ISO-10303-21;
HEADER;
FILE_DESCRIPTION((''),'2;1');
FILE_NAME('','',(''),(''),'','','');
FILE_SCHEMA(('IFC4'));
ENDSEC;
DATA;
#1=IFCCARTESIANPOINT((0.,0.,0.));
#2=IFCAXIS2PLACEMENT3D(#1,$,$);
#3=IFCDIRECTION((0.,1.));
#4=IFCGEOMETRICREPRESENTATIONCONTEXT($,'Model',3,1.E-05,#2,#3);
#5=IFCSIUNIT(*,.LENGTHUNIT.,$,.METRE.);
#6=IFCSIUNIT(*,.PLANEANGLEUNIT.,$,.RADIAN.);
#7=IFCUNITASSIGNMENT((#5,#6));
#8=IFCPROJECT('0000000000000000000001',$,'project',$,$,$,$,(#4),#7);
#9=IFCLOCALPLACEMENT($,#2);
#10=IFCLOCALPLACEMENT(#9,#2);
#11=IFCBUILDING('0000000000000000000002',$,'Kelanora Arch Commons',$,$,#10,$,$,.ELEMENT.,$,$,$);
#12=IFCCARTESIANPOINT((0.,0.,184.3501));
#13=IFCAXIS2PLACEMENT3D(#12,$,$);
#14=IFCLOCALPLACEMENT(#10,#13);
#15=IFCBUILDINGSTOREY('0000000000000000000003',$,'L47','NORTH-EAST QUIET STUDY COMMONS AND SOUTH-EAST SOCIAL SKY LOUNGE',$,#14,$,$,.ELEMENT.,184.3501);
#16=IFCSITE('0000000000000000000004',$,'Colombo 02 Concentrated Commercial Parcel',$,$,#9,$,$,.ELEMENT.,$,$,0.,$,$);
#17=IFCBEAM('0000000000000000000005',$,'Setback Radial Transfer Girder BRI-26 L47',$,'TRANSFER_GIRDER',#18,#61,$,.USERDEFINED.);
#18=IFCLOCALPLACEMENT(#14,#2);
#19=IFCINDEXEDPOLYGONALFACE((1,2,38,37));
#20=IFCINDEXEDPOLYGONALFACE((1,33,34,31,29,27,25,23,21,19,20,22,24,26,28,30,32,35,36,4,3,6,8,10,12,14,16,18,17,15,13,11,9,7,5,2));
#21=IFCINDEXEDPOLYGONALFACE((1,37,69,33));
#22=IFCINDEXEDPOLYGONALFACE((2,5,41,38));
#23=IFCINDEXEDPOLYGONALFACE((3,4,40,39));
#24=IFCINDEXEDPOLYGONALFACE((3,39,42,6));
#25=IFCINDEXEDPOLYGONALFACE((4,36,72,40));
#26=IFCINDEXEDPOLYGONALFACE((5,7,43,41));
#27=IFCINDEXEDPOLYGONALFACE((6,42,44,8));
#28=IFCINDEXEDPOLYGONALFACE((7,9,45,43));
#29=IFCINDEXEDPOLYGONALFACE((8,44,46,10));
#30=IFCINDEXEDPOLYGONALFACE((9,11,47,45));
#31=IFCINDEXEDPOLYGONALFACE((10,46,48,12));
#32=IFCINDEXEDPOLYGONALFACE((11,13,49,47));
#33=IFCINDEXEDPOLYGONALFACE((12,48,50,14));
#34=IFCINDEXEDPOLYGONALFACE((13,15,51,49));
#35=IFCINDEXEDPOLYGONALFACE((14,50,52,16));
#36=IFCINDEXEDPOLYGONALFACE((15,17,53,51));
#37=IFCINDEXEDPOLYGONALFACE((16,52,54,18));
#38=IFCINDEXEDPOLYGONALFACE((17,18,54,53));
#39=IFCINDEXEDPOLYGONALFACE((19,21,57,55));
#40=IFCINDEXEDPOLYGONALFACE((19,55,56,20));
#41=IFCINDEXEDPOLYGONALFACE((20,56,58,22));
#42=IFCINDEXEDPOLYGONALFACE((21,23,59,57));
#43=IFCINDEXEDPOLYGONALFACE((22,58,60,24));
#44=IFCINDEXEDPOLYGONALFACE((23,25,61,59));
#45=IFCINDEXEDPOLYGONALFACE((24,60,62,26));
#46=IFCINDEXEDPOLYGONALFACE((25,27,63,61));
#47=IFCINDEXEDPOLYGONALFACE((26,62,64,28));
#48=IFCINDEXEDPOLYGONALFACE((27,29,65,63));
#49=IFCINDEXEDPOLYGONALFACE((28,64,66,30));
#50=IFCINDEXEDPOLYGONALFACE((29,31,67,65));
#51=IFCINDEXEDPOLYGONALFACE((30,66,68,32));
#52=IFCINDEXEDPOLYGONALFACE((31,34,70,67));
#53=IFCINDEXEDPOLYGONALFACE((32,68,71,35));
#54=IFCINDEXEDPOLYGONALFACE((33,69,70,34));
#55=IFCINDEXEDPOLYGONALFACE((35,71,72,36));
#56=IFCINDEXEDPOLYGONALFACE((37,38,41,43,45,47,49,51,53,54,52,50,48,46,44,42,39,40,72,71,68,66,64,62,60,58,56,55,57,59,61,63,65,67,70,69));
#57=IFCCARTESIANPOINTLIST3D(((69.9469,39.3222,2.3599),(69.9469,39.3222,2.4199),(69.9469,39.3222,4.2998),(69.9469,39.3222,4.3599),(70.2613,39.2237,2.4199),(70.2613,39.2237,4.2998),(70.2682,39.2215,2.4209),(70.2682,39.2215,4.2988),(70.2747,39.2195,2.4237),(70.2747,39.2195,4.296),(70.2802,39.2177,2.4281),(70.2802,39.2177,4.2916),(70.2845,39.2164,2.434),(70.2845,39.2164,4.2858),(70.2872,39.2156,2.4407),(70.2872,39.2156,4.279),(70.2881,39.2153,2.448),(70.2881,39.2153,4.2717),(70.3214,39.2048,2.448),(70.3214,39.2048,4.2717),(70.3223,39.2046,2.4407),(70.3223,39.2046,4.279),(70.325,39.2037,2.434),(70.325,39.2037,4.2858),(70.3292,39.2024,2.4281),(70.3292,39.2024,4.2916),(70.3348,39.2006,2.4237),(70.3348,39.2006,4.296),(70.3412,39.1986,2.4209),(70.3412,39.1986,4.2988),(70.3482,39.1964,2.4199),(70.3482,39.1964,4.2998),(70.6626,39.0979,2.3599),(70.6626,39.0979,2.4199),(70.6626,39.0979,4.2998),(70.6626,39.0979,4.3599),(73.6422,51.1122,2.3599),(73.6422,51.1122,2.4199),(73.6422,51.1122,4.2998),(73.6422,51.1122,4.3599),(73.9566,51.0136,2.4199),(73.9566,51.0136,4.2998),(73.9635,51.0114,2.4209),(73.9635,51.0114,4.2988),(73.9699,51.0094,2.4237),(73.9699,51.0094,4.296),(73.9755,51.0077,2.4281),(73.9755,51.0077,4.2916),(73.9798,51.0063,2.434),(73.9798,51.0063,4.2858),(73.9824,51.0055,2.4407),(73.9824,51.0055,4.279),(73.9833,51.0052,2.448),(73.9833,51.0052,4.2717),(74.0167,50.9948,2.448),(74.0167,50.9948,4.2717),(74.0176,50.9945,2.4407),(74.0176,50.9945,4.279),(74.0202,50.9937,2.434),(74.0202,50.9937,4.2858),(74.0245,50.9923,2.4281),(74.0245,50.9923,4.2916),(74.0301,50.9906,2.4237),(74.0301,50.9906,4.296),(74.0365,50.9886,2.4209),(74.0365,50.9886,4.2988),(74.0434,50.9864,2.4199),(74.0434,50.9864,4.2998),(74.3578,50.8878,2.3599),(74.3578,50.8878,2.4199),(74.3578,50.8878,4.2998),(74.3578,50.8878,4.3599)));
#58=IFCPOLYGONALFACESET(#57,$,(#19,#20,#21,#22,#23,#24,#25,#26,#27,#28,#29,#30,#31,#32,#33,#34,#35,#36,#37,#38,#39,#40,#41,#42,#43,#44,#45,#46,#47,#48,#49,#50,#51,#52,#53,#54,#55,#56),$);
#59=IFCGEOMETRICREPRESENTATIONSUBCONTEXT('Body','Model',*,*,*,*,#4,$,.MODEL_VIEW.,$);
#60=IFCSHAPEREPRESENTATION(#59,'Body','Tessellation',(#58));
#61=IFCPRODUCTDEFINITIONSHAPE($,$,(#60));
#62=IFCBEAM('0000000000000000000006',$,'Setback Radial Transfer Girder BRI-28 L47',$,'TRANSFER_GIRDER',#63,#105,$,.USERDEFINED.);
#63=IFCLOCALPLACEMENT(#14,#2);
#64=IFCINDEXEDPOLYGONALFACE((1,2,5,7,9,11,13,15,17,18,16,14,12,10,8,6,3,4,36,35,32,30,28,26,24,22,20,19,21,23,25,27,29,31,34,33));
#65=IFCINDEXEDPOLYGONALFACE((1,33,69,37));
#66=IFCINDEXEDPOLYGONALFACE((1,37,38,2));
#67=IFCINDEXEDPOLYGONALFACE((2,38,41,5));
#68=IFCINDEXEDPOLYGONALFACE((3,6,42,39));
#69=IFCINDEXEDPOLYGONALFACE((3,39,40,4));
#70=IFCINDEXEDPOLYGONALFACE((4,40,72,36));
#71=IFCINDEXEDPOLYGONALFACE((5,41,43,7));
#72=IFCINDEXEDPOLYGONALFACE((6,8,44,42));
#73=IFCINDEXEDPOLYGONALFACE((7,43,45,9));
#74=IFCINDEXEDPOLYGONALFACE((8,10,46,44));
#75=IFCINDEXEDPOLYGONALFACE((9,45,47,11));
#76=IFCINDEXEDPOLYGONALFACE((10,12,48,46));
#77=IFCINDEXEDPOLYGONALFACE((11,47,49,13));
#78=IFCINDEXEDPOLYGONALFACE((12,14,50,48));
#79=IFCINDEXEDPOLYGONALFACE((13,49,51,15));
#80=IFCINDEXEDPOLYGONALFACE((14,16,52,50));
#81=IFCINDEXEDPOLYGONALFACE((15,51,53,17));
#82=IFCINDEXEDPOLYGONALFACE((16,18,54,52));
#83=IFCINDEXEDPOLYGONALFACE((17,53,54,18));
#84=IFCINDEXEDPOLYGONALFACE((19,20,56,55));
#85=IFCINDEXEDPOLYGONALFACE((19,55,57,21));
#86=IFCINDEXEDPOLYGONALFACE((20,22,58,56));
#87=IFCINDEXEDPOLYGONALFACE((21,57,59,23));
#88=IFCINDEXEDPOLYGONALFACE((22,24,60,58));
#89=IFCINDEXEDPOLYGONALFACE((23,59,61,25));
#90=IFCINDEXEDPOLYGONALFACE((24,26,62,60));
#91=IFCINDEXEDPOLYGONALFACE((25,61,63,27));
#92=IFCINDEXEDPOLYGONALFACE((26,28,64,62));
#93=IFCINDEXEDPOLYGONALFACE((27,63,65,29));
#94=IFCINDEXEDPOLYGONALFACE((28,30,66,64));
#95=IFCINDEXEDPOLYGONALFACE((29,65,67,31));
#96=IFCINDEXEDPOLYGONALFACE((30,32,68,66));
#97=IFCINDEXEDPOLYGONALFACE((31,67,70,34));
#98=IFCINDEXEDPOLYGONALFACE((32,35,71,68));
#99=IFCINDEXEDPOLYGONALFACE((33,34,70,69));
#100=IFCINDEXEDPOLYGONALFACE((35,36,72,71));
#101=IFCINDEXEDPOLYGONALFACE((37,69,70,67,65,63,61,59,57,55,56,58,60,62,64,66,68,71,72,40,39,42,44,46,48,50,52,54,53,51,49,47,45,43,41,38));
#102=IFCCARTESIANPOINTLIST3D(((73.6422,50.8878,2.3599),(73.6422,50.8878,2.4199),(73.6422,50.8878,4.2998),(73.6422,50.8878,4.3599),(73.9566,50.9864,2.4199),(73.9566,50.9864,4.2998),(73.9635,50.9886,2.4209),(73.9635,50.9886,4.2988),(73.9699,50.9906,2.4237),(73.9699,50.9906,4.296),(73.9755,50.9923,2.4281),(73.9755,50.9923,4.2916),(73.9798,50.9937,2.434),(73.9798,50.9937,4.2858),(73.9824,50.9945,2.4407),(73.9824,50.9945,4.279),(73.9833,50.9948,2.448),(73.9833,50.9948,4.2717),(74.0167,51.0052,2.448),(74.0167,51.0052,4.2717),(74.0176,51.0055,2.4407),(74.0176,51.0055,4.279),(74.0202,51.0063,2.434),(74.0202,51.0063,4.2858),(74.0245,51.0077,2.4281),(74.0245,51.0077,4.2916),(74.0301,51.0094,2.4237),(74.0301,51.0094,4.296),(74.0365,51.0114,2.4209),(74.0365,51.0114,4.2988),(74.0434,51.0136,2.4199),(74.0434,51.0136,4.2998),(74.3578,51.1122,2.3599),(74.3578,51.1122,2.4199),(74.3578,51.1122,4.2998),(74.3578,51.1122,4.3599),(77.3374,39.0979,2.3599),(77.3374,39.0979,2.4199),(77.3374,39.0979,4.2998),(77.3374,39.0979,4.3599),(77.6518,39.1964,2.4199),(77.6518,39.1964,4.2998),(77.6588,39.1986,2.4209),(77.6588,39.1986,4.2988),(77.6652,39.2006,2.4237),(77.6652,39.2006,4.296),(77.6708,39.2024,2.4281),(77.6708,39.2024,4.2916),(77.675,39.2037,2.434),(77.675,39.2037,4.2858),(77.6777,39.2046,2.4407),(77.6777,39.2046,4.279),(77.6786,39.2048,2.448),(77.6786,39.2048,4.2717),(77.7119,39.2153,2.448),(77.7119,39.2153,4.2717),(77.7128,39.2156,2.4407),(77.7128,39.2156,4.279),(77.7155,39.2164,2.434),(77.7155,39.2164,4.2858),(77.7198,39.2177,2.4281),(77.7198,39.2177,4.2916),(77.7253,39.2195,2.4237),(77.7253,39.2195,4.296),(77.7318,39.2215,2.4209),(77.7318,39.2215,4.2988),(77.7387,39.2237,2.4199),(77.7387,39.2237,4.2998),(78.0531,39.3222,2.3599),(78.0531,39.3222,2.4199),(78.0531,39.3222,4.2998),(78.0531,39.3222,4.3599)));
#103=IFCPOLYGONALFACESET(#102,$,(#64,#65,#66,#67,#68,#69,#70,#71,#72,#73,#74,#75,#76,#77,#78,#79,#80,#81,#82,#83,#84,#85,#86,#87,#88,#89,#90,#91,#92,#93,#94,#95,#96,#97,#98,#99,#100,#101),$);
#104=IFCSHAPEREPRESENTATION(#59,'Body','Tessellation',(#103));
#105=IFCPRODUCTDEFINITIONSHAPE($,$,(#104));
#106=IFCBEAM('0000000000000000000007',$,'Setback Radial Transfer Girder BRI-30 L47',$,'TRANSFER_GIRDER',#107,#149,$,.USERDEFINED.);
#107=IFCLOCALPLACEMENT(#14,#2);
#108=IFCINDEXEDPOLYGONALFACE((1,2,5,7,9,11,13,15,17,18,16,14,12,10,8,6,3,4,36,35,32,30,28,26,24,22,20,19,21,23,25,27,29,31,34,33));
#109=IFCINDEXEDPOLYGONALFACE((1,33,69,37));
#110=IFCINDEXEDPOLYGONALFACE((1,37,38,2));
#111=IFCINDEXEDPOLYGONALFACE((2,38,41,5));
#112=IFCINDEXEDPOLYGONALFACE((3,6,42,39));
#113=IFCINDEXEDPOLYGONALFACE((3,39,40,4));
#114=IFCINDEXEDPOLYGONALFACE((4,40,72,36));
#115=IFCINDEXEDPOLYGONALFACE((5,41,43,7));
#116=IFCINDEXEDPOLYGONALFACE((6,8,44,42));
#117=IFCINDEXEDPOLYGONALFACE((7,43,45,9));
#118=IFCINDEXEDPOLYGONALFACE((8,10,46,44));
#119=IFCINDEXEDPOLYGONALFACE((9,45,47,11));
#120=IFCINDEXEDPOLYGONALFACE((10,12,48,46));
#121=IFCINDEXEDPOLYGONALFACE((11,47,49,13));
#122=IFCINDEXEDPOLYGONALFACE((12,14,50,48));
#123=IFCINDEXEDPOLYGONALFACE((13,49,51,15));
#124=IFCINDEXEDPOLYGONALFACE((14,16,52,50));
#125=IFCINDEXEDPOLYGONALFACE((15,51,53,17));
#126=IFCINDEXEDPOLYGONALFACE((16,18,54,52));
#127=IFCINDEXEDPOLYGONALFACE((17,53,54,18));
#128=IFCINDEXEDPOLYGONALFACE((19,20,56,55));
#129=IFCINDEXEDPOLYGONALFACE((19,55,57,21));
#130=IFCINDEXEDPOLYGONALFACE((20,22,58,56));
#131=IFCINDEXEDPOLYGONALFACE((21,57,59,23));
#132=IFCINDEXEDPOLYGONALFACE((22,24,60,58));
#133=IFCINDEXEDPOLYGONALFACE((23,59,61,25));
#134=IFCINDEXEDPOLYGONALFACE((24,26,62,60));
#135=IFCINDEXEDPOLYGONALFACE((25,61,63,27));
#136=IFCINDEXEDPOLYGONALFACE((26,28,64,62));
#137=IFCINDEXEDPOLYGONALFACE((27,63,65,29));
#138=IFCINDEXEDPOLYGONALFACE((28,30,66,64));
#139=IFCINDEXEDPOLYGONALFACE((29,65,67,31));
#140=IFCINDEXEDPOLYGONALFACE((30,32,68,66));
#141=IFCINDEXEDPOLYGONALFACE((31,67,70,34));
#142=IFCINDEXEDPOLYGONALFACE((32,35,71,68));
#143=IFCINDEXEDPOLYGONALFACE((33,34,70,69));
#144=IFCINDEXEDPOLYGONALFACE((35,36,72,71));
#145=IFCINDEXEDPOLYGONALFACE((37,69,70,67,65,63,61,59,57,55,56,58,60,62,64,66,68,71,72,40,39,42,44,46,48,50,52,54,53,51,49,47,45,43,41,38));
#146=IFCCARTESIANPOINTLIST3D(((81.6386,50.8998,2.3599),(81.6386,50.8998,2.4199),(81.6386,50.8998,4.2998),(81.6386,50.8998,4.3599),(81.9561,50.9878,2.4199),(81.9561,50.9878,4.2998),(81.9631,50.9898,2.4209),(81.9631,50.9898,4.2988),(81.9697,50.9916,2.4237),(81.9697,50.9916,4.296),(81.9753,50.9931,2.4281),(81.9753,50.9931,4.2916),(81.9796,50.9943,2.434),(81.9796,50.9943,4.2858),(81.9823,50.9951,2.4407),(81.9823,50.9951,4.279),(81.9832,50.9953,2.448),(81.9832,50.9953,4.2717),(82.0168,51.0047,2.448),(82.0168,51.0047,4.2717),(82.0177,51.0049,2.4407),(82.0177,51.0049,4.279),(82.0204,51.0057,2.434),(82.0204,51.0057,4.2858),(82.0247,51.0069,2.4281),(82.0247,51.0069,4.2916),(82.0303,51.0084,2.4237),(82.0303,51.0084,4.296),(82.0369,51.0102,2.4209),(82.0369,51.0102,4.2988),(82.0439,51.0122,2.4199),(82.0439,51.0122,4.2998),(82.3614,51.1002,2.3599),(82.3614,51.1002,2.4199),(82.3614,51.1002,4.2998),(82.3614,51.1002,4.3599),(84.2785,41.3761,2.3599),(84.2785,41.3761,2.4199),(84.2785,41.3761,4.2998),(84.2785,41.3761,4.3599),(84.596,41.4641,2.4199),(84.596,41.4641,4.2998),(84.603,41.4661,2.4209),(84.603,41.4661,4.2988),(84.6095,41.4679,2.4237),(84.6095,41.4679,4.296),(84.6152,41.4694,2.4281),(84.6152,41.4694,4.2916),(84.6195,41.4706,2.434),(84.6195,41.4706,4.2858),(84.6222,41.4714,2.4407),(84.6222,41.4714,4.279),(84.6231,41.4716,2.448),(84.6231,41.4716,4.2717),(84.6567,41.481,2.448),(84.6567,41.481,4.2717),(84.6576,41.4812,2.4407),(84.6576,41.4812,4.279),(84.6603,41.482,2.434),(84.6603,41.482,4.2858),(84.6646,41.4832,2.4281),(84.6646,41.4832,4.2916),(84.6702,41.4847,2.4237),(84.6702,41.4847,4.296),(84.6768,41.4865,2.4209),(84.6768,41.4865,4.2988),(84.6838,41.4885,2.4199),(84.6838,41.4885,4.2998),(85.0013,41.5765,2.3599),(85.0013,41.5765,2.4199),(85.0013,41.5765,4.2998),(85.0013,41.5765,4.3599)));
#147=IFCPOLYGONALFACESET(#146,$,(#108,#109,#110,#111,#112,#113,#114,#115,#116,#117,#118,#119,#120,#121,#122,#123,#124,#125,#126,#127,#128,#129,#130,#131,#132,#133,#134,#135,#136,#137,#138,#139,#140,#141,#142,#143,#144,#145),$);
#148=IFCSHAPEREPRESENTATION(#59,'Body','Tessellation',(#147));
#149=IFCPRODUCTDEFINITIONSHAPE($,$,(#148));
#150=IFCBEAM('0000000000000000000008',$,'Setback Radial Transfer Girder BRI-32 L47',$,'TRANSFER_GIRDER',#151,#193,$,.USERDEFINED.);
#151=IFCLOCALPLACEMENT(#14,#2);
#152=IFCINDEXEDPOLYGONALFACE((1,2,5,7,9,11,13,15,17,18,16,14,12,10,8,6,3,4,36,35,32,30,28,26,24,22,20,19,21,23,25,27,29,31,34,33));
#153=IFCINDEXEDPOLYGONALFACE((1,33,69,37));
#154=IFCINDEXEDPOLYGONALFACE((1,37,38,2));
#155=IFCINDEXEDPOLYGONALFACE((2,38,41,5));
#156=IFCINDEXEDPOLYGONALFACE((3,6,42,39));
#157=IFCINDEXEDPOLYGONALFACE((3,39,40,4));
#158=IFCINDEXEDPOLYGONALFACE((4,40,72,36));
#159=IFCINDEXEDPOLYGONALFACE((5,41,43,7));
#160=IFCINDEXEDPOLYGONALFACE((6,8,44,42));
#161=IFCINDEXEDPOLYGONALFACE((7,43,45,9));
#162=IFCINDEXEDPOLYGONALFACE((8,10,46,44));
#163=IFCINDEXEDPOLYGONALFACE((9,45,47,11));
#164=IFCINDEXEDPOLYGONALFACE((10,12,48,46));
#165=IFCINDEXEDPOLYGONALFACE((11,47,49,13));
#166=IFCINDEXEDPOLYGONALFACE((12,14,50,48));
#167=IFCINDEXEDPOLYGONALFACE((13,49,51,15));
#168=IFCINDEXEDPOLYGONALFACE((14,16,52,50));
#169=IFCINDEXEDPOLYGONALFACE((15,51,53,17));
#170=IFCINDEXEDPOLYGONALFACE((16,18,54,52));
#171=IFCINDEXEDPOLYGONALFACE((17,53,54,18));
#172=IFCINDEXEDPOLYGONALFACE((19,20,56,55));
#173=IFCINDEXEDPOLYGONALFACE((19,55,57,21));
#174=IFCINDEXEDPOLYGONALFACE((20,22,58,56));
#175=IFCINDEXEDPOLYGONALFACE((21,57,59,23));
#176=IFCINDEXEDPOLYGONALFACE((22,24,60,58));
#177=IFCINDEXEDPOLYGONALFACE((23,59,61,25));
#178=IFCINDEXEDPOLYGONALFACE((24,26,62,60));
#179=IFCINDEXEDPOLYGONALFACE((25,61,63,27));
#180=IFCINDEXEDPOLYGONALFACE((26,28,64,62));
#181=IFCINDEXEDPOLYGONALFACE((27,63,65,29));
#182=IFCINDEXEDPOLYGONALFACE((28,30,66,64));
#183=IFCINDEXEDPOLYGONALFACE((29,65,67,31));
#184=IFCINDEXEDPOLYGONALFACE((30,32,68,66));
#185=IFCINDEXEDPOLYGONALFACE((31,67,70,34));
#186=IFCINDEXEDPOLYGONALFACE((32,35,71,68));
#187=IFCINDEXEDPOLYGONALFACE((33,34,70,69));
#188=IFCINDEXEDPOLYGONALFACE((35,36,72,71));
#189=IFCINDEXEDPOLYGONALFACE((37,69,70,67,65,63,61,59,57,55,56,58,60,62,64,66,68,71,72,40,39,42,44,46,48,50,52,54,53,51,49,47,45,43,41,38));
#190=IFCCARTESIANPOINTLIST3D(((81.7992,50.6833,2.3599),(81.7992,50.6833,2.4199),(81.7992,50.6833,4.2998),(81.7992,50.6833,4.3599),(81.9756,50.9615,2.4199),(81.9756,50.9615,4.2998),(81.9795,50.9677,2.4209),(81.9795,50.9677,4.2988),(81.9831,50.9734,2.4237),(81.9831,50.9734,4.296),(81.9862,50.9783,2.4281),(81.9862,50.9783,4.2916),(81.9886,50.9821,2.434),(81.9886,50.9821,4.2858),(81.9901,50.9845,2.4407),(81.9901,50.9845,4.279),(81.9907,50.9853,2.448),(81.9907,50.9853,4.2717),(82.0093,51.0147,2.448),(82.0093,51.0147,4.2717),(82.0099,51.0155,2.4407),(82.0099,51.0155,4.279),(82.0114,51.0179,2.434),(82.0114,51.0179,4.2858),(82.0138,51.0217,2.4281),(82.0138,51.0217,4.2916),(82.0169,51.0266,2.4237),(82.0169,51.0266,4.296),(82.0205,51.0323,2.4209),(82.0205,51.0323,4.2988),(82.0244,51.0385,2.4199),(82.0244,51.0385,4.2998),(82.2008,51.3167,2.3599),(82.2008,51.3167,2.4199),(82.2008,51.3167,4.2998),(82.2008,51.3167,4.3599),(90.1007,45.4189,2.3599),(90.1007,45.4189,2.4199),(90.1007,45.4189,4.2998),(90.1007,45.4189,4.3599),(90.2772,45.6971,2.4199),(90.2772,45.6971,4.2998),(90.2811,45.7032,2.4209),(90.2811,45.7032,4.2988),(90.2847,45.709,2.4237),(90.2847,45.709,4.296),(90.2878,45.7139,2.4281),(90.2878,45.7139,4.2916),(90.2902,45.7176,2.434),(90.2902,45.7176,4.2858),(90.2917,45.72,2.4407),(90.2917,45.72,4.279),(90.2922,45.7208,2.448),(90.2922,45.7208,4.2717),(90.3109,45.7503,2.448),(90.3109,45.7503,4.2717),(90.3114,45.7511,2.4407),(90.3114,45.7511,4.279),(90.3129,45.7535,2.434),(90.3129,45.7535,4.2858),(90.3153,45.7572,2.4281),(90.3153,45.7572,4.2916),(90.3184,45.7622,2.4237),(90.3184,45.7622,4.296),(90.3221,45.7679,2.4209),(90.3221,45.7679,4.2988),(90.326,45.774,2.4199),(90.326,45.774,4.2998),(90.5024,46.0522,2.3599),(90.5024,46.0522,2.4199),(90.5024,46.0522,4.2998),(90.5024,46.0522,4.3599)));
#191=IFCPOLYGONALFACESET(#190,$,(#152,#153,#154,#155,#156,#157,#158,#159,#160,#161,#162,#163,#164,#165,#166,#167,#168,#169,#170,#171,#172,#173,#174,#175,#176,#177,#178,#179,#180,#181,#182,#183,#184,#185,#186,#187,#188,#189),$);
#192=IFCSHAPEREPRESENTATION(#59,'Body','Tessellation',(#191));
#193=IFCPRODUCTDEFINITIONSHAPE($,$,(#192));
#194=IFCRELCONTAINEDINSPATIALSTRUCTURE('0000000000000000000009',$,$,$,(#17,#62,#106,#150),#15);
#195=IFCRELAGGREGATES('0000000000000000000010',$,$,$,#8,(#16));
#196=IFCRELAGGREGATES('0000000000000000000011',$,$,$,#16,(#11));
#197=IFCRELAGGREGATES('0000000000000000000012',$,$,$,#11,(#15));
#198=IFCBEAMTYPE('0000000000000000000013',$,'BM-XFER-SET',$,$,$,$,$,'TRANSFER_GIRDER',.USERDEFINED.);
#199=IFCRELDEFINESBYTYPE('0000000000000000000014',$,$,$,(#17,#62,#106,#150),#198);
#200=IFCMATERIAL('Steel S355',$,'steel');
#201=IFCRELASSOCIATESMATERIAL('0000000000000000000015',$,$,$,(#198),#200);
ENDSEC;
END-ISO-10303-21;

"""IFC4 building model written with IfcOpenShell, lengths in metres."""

from ifc_helpers import new_model, si_unit, direction, frame, origin, origin_2d, place, context, subcontext, project, spatial, i_section, extrude, material, material_profile, profile_set, type_object, element, save


model = new_model("IFC4")

# Units and contexts
model_context = context("Model", 3, precision=1e-05, world=origin(), true_north=direction((0.0, 1.0)))
body_context = subcontext(model_context, "Body", "Model", "MODEL_VIEW")
ifc_project = project(units=[si_unit("LENGTHUNIT", "METRE"), si_unit("PLANEANGLEUNIT", "RADIAN")], contexts=[model_context])

# Site, building, storey
site_placement = place(None, origin())
site = spatial("IfcSite", under=ifc_project, at=site_placement, Name="Colombo 02 Concentrated Commercial Parcel", CompositionType="ELEMENT", RefElevation=0.0)
building_placement = place(site_placement, origin())
building = spatial("IfcBuilding", under=site, at=building_placement, Name="Kelanora Arch Commons", CompositionType="ELEMENT")
storey_placement = place(building_placement, frame((0.0, 0.0, 184.3501)))
storey = spatial("IfcBuildingStorey", under=building, at=storey_placement, Name="L47", Description="NORTH-EAST QUIET STUDY COMMONS AND SOUTH-EAST SOCIAL SKY LOUNGE", CompositionType="ELEMENT", Elevation=184.3501)

# Beams
ifc_material_1 = material(Name="Steel S355", Category="steel")
ifc_material_profile_1 = material_profile(ifc_material_1, i_section(OverallWidth=0.75, OverallDepth=2.0, WebThickness=0.0349, FlangeThickness=0.0601, FilletRadius=0.0281, at=origin_2d()), Name="PG2000x750")
ifc_profile_set_1 = profile_set([ifc_material_profile_1], Name="Steel S355")
beam_type_1 = type_object("IfcBeamType", Name="BM-XFER-SET", ElementType="TRANSFER_GIRDER", PredefinedType="USERDEFINED", material=ifc_profile_set_1)
for number, where, z_axis, x_axis, name in (
    (1, (74.0, 51.0, 3.3599), (-0.29908, -0.954228, 0.0), (0.954228, -0.29908, 0.0), "Setback Radial Transfer Girder BRI-26 L47"),
    (2, (74.0, 51.0, 3.3599), (0.29908, -0.954228, 0.0), (0.954228, 0.29908, 0.0), "Setback Radial Transfer Girder BRI-28 L47"),
):
    element("IfcBeam", number, at=place(storey_placement, frame(where, z_axis=z_axis, x_axis=x_axis)), inside=storey, type_object=beam_type_1, Name=name, ObjectType="TRANSFER_GIRDER", PredefinedType="USERDEFINED", context=body_context, shape_type="SweptSolid", body=[
        extrude(i_section(OverallWidth=0.75, OverallDepth=2.0, WebThickness=0.0349, FlangeThickness=0.0601, FilletRadius=0.0281, at=origin_2d()), origin(), (0.0, 0.0, 1.0), 12.3555),
    ])
beam_1_placement = place(storey_placement, frame((82.0, 51.0, 3.3599), z_axis=(0.26712, -0.963663, 0.0), x_axis=(0.963663, 0.26712, 0.0)))
element("IfcBeam", 3, at=beam_1_placement, inside=storey, type_object=beam_type_1, Name="Setback Radial Transfer Girder BRI-30 L47", ObjectType="TRANSFER_GIRDER", PredefinedType="USERDEFINED", context=body_context, shape_type="SweptSolid", body=[
    extrude(i_section(OverallWidth=0.75, OverallDepth=2.0, WebThickness=0.0349, FlangeThickness=0.0601, FilletRadius=0.0281, at=origin_2d()), origin(), (0.0, 0.0, 1.0), 9.8828),
])
beam_2_placement = place(storey_placement, frame((82.0, 51.0, 3.3599), z_axis=(0.844507, -0.535544, 0.0), x_axis=(0.535544, 0.844507, 0.0)))
element("IfcBeam", 4, at=beam_2_placement, inside=storey, type_object=beam_type_1, Name="Setback Radial Transfer Girder BRI-32 L47", ObjectType="TRANSFER_GIRDER", PredefinedType="USERDEFINED", context=body_context, shape_type="SweptSolid", body=[
    extrude(i_section(OverallWidth=0.75, OverallDepth=2.0, WebThickness=0.0349, FlangeThickness=0.0601, FilletRadius=0.0281, at=origin_2d()), origin(), (0.0, 0.0, 1.0), 9.8301),
])

save(model, "model.ifc")
